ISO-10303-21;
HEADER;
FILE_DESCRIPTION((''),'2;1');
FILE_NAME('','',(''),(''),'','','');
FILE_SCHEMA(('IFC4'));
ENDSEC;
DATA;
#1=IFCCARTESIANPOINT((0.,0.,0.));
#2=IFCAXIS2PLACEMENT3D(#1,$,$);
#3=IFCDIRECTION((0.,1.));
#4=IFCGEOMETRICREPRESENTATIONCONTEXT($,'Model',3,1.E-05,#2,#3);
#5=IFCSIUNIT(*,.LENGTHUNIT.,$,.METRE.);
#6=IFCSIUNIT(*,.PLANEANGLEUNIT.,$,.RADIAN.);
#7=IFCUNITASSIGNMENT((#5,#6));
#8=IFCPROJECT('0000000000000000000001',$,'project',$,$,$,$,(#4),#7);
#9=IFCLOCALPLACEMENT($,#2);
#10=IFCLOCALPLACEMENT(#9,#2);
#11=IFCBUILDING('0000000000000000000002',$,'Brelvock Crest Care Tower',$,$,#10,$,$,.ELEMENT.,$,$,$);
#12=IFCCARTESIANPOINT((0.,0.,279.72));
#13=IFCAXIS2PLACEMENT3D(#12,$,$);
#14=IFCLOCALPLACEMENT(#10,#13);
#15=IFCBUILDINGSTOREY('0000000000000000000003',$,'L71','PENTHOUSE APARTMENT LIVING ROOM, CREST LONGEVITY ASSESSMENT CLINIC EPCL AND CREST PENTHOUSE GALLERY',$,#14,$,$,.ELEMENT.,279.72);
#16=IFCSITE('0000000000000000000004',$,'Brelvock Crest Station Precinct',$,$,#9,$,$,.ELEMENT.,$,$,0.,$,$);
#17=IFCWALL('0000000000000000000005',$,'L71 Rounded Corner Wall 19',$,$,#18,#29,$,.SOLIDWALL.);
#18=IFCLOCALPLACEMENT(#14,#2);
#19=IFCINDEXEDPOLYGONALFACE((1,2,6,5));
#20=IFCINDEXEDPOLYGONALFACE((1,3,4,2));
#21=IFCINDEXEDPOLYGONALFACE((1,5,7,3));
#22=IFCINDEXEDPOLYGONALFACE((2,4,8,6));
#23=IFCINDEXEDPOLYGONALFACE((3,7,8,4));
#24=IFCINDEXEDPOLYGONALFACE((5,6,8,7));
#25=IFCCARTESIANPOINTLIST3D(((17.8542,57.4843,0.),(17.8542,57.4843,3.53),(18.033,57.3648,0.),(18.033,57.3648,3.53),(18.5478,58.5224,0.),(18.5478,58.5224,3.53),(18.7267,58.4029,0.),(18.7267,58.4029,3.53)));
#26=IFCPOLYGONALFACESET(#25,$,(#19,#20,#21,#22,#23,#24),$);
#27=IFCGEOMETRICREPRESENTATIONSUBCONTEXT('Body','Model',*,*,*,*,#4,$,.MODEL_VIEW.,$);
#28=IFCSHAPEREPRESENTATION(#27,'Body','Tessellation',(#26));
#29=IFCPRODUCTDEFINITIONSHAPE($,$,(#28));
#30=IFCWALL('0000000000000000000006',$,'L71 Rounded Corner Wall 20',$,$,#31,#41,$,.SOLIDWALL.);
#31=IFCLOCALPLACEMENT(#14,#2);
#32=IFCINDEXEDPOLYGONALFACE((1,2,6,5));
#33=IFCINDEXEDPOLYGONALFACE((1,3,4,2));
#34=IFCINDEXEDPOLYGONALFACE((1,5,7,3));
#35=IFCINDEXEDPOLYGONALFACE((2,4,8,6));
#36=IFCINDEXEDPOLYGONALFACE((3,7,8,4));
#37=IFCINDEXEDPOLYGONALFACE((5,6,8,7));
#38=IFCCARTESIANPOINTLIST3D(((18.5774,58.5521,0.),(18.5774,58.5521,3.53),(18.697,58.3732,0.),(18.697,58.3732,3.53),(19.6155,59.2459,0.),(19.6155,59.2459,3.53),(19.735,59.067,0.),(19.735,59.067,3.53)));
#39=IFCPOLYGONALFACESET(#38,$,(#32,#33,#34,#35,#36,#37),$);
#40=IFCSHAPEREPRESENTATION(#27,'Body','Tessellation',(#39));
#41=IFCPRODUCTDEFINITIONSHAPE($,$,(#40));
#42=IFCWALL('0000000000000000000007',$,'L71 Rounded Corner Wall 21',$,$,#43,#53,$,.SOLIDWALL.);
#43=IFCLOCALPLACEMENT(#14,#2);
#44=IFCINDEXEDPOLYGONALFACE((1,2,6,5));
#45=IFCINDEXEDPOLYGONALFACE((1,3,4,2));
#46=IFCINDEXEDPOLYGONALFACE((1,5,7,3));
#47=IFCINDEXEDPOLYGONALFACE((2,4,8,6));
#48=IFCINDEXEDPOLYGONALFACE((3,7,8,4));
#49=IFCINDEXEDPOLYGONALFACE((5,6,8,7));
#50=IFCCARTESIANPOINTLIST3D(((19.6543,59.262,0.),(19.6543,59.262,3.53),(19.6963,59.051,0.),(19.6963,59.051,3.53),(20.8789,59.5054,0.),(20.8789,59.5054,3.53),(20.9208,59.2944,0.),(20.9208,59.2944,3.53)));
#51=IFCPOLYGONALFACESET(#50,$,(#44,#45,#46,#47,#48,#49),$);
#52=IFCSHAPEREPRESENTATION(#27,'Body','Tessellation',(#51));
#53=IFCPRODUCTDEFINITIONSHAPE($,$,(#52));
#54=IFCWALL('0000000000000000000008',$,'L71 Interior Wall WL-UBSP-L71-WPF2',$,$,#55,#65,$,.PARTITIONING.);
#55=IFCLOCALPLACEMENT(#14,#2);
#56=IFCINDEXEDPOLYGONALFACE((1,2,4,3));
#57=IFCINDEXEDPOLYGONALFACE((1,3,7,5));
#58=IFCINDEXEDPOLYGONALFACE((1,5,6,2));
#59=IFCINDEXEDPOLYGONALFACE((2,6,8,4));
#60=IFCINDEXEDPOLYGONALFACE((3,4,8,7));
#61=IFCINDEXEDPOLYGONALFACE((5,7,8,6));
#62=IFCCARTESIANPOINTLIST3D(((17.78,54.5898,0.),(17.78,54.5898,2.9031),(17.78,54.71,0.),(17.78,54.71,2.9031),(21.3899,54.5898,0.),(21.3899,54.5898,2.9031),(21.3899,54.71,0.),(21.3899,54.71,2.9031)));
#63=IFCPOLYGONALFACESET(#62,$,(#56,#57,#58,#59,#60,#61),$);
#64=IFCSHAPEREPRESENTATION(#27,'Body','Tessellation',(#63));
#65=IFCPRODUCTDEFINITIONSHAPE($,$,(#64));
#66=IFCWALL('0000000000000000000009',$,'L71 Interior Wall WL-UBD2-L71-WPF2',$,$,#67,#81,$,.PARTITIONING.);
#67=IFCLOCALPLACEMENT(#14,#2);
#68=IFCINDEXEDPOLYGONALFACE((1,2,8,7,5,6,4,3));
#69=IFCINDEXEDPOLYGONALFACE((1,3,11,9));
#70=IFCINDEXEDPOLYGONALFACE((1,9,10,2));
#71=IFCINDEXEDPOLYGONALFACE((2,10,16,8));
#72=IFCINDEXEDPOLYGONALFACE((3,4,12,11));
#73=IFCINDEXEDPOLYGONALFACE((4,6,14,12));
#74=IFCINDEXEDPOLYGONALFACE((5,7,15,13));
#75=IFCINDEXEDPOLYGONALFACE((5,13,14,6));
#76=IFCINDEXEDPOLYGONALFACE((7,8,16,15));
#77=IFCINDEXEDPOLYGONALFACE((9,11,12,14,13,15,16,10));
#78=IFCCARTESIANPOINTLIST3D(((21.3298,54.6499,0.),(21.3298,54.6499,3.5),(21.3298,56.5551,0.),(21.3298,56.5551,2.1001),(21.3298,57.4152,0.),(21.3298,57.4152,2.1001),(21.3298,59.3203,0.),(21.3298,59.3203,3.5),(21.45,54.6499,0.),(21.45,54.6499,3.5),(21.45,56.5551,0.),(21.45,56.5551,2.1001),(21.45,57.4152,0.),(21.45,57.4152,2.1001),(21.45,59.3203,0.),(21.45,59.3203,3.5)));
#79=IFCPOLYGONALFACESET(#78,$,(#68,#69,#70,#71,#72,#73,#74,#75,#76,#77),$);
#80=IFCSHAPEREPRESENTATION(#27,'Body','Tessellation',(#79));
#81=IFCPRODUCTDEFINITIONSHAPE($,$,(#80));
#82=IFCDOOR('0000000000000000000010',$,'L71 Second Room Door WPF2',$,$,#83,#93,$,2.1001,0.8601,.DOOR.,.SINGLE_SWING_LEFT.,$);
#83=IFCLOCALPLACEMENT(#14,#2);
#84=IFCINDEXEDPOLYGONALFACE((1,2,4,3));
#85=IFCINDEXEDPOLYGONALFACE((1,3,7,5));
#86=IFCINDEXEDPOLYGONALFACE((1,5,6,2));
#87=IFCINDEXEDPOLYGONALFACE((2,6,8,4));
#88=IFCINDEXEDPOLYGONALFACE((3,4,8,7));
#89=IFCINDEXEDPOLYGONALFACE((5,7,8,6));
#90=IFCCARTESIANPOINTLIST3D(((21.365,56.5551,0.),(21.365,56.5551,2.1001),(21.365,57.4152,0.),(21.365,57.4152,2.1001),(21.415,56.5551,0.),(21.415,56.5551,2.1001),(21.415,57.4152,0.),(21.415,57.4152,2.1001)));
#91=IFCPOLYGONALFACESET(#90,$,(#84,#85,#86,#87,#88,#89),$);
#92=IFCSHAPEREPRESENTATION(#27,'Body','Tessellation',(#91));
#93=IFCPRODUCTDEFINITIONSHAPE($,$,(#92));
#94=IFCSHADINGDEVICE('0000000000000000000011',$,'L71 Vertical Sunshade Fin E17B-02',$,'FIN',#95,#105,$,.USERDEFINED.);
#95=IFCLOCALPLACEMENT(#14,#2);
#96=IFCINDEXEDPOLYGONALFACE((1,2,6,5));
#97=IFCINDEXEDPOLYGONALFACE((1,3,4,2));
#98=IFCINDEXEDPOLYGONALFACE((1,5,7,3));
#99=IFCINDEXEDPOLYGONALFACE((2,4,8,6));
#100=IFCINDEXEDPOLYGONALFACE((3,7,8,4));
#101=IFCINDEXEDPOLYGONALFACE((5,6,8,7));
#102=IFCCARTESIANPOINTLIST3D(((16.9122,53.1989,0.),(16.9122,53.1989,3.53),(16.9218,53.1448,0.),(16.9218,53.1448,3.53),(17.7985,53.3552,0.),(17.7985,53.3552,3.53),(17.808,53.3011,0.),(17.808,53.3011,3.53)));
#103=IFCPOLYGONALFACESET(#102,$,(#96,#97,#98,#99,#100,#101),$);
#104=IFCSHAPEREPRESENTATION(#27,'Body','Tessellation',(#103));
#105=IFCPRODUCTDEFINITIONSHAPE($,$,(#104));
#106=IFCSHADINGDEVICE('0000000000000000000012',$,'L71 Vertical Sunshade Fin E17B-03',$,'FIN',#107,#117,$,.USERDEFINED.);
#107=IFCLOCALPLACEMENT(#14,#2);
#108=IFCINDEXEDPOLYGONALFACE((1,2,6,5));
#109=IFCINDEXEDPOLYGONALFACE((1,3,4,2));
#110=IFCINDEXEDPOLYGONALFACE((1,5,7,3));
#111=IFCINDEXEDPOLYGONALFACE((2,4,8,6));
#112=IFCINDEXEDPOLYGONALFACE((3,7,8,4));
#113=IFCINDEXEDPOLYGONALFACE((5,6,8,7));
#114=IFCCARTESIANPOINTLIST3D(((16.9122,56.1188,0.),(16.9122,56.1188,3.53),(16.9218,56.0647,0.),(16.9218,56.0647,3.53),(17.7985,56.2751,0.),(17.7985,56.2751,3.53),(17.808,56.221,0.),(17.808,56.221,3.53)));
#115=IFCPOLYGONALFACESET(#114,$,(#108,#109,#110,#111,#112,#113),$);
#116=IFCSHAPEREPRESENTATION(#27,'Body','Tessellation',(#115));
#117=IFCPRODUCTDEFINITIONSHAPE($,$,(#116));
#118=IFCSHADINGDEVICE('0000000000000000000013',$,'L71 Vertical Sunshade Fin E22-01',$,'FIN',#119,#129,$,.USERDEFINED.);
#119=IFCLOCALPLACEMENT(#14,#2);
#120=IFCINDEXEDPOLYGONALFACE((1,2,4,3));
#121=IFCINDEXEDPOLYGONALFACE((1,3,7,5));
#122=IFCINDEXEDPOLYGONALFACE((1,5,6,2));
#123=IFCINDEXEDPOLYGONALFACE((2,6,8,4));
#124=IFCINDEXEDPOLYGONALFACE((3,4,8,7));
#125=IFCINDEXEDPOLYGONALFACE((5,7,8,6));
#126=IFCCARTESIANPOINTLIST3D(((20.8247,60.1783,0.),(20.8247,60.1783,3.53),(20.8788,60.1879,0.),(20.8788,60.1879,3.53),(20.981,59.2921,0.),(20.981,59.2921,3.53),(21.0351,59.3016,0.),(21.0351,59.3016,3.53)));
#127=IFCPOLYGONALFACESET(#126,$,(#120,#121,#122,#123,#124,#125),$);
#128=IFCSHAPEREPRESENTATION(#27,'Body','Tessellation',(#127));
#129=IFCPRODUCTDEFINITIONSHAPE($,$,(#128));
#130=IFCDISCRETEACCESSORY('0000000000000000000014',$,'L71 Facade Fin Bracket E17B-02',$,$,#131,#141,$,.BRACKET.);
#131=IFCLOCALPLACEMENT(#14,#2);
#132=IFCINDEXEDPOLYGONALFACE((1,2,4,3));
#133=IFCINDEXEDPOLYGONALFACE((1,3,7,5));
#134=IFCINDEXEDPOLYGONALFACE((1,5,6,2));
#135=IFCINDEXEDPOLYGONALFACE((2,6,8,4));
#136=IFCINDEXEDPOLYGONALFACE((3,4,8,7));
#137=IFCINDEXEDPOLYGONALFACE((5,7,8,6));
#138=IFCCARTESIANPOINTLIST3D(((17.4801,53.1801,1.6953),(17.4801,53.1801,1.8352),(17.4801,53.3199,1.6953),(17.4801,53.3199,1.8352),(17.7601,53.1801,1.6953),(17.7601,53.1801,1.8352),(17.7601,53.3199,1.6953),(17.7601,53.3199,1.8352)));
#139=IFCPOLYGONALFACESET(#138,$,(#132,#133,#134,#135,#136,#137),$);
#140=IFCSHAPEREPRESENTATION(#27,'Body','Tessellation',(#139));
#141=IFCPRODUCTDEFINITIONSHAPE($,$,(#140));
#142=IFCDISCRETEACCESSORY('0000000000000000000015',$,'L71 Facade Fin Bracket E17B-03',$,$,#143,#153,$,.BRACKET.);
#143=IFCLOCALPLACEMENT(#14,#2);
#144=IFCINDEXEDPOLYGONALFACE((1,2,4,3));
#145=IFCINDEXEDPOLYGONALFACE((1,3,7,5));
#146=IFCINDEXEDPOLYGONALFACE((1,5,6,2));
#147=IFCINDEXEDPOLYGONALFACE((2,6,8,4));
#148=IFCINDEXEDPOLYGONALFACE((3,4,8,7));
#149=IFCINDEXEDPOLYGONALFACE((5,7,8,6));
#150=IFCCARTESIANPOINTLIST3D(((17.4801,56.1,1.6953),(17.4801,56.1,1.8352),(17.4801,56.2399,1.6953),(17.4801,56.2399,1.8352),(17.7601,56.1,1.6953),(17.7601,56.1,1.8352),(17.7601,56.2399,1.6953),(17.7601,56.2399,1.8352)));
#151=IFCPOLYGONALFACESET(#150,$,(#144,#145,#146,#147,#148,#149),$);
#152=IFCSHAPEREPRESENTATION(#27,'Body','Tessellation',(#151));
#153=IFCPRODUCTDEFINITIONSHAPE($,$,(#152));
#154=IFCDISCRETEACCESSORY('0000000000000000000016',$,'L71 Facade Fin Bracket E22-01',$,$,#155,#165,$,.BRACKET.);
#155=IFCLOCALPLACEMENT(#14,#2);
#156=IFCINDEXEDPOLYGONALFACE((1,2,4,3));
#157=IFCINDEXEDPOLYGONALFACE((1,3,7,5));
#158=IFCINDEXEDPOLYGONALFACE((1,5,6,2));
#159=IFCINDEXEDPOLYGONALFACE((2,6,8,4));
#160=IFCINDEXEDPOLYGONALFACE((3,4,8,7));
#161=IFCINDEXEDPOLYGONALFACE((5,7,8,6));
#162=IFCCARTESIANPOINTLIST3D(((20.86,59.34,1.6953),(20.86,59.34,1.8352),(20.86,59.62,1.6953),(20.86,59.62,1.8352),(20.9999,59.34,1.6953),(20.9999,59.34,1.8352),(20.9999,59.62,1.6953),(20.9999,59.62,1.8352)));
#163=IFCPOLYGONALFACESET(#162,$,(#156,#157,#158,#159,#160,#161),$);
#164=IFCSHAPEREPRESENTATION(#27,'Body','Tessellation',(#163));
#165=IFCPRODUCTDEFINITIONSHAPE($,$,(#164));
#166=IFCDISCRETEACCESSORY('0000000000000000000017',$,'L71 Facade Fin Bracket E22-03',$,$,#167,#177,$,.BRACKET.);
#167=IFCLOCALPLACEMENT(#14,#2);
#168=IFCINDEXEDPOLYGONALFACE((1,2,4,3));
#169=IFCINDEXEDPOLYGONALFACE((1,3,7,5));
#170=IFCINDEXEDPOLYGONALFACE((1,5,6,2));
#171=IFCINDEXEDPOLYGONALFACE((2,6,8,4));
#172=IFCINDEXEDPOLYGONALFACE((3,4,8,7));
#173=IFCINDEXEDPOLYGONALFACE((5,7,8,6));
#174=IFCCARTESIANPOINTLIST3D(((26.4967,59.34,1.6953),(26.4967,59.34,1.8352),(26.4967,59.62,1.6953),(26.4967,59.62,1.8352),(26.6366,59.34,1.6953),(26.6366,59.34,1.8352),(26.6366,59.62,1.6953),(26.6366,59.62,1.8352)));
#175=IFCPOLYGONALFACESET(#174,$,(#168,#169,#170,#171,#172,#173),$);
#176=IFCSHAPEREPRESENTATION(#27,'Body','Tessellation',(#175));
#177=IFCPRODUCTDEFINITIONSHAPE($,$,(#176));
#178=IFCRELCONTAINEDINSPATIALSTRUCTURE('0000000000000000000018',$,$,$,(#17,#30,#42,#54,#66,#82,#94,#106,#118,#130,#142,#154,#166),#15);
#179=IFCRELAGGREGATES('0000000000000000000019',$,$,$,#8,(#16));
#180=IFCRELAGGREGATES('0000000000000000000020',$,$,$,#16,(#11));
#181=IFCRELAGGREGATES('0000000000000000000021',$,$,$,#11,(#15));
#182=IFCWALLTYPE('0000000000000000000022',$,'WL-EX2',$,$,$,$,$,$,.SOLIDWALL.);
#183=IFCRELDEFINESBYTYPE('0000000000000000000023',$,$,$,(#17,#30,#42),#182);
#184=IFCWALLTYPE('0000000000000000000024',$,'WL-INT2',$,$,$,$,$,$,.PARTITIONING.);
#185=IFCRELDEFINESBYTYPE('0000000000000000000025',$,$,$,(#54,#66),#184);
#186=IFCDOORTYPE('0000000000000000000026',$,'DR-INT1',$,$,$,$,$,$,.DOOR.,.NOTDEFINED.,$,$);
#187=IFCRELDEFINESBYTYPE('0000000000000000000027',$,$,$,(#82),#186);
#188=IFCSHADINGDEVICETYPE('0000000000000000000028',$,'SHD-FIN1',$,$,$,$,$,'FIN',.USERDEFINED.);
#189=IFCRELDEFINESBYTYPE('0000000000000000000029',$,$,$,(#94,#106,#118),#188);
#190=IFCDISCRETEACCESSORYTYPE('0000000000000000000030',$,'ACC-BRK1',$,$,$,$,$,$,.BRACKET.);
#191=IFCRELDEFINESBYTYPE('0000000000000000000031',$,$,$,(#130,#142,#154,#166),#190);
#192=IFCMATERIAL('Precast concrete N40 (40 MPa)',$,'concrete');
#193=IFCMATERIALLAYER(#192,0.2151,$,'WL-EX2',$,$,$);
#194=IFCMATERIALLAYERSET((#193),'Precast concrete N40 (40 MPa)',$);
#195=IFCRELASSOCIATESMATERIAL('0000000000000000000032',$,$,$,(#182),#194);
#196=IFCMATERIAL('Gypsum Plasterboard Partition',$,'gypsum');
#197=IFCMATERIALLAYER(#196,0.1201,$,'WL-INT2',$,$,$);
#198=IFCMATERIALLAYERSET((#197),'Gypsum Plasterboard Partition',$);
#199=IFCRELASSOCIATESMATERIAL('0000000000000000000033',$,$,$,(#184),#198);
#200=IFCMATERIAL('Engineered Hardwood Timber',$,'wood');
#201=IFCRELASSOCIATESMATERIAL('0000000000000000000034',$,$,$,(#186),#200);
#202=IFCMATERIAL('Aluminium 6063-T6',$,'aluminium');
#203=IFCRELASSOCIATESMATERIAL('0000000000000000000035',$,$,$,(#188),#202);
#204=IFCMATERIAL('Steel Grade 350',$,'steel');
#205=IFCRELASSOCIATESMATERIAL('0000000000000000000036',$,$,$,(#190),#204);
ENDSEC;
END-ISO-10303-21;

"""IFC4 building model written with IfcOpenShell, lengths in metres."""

from ifc_helpers import new_model, si_unit, direction, frame, frame_2d, origin, origin_2d, place, context, subcontext, project, spatial, rectangle, extrude, source, transform, mapped, material, layer, layer_set, material_profile, profile_set, type_object, element, fill, save


model = new_model("IFC4")

# Units and contexts
model_context = context("Model", 3, precision=1e-05, world=origin(), true_north=direction((0.0, 1.0)))
body_context = subcontext(model_context, "Body", "Model", "MODEL_VIEW")
ifc_project = project(units=[si_unit("LENGTHUNIT", "METRE"), si_unit("PLANEANGLEUNIT", "RADIAN")], contexts=[model_context])

# Site, building, storey
site_placement = place(None, origin())
site = spatial("IfcSite", under=ifc_project, at=site_placement, Name="Brelvock Crest Station Precinct", CompositionType="ELEMENT", RefElevation=0.0)
building_placement = place(site_placement, origin())
building = spatial("IfcBuilding", under=site, at=building_placement, Name="Brelvock Crest Care Tower", CompositionType="ELEMENT")
storey_placement = place(building_placement, frame((0.0, 0.0, 279.72)))
storey = spatial("IfcBuildingStorey", under=building, at=storey_placement, Name="L71", Description="PENTHOUSE APARTMENT LIVING ROOM, CREST LONGEVITY ASSESSMENT CLINIC EPCL AND CREST PENTHOUSE GALLERY", CompositionType="ELEMENT", Elevation=279.72)

# Shared definitions
ifc_material_1 = material(Name="Steel Grade 350", Category="steel")

# Shared definitions
ifc_material_2 = material(Name="Aluminium 6063-T6", Category="aluminium")

# Walls
ifc_material_3 = material(Name="Precast concrete N40 (40 MPa)", Category="concrete")
ifc_layer_1 = layer(ifc_material_3, 0.2151, Name="WL-EX2")
ifc_layer_set_1 = layer_set([ifc_layer_1], Name="Precast concrete N40 (40 MPa)")
wall_type_1 = type_object("IfcWallType", Name="WL-EX2", PredefinedType="SOLIDWALL", material=ifc_layer_set_1)
for number, where, z_axis, x_axis, name in (
    (1, (17.9436, 57.4246, 0.0), (0.0, 0.0, 1.0), (0.555557, 0.831478, 0.0), "L71 Rounded Corner Wall 19"),
    (2, (18.6372, 58.4626, 0.0), (0.0, 0.0, 1.0), (0.831388, 0.555692, 0.0), "L71 Rounded Corner Wall 20"),
    (3, (19.6753, 59.1565, 0.0), (0.0, 0.0, 1.0), (0.980813, 0.19495, 0.0), "L71 Rounded Corner Wall 21"),
):
    element("IfcWall", number, at=place(storey_placement, frame(where, z_axis=z_axis, x_axis=x_axis)), inside=storey, type_object=wall_type_1, Name=name, PredefinedType="SOLIDWALL", context=body_context, shape_type="SweptSolid", body=[
        extrude(rectangle(XDim=1.2485, YDim=0.2151, at=frame_2d((0.6243, 0.0))), origin(), (0.0, 0.0, 1.0), 3.53),
    ])
ifc_material_4 = material(Name="Gypsum Plasterboard Partition", Category="gypsum")
ifc_layer_2 = layer(ifc_material_4, 0.1201, Name="WL-INT2")
ifc_layer_set_2 = layer_set([ifc_layer_2], Name="Gypsum Plasterboard Partition")
wall_type_2 = type_object("IfcWallType", Name="WL-INT2", PredefinedType="PARTITIONING", material=ifc_layer_set_2)
wall_1_placement = place(storey_placement, frame((17.78, 54.6499, 0.0), z_axis=(0.0, 0.0, 1.0), x_axis=(1.0, 0.0, 0.0)))
element("IfcWall", 4, at=wall_1_placement, inside=storey, type_object=wall_type_2, Name="L71 Interior Wall WL-UBSP-L71-WPF2", PredefinedType="PARTITIONING", context=body_context, shape_type="SweptSolid", body=[
    extrude(rectangle(XDim=3.6099, YDim=0.1201, at=frame_2d((1.8049, 0.0))), origin(), (0.0, 0.0, 1.0), 2.9031),
])

# Wall, opening, door
wall_2_placement = place(storey_placement, frame((21.3899, 54.6499, 0.0), z_axis=(0.0, 0.0, 1.0), x_axis=(0.0, 1.0, 0.0)))
wall_2 = element("IfcWall", 5, at=wall_2_placement, inside=storey, type_object=wall_type_2, Name="L71 Interior Wall WL-UBD2-L71-WPF2", PredefinedType="PARTITIONING", context=body_context, shape_type="SweptSolid", body=[
    extrude(rectangle(XDim=4.6704, YDim=0.1201, at=frame_2d((2.3352, 0.0))), origin(), (0.0, 0.0, 1.0), 3.5),
])
opening_placement = place(wall_2_placement, frame((1.905, 0.0, 0.0)))
opening = element("IfcOpeningElement", 6, at=opening_placement, cuts=wall_2, PredefinedType="OPENING", context=body_context, shape_type="SweptSolid", body=[
    extrude(rectangle(XDim=0.8601, YDim=2.1001, at=origin_2d()), frame((0.4302, 0.0701, 1.05), z_axis=(0.0, -1.0, 0.0), x_axis=(1.0, 0.0, 0.0)), (0.0, 0.0, 1.0), 0.1401),
])
ifc_material_5 = material(Name="Engineered Hardwood Timber", Category="wood")
door_type = type_object("IfcDoorType", Name="DR-INT1", OperationType="NOTDEFINED", PredefinedType="DOOR", material=ifc_material_5)
shared_shape_1 = source(origin(), body_context, "Body", "SweptSolid", [
    extrude(rectangle(XDim=0.8601, YDim=2.1001, at=origin_2d()), frame((0.4302, 0.0249, 1.05), z_axis=(0.0, -1.0, 0.0), x_axis=(1.0, 0.0, 0.0)), (0.0, 0.0, 1.0), 0.05),
])
door_placement = place(opening_placement, origin())
door = element("IfcDoor", 7, at=door_placement, inside=storey, type_object=door_type, Name="L71 Second Room Door WPF2", OperationType="SINGLE_SWING_LEFT", OverallHeight=2.1001, OverallWidth=0.8601, PredefinedType="DOOR", context=body_context, shape_type="MappedRepresentation", body=[
    mapped(shared_shape_1, transform((0.0, 0.0, 0.0), x_axis=(1.0, 0.0, 0.0), y_axis=(0.0, 1.0, 0.0), z_axis=(0.0, 0.0, 1.0), scale=1.0)),
])
fill(opening, door)

# Shading devices
ifc_material_profile_1 = material_profile(ifc_material_2, rectangle(XDim=0.0549, YDim=0.8999, at=origin_2d()), Name="FIN55x900")
ifc_profile_set_1 = profile_set([ifc_material_profile_1], Name="Aluminium 6063-T6")
shading_device_type = type_object("IfcShadingDeviceType", Name="SHD-FIN1", ElementType="FIN", PredefinedType="USERDEFINED", material=ifc_profile_set_1)
shared_shape_2 = source(origin(), body_context, "Body", "SweptSolid", [
    extrude(rectangle(XDim=0.0549, YDim=0.8999, at=origin_2d()), origin(), (0.0, 0.0, 1.0), 3.53),
])
for number, where, z_axis, x_axis, name in (
    (8, (17.3601, 53.25, 0.0), (0.0, 0.0, 1.0), (-0.173648, 0.984808, 0.0), "L71 Vertical Sunshade Fin E17B-02"),
    (9, (17.3601, 56.1699, 0.0), (0.0, 0.0, 1.0), (-0.173648, 0.984808, 0.0), "L71 Vertical Sunshade Fin E17B-03"),
    (10, (20.9299, 59.74, 0.0), (0.0, 0.0, 1.0), (0.984808, 0.173648, 0.0), "L71 Vertical Sunshade Fin E22-01"),
):
    element("IfcShadingDevice", number, at=place(storey_placement, frame(where, z_axis=z_axis, x_axis=x_axis)), inside=storey, type_object=shading_device_type, Name=name, ObjectType="FIN", PredefinedType="USERDEFINED", context=body_context, shape_type="MappedRepresentation", body=[
        mapped(shared_shape_2, transform((0.0, 0.0, 0.0), x_axis=(1.0, 0.0, 0.0), y_axis=(0.0, 1.0, 0.0), z_axis=(0.0, 0.0, 1.0), scale=1.0)),
    ])

# Discrete accessories
discrete_accessory_type = type_object("IfcDiscreteAccessoryType", Name="ACC-BRK1", PredefinedType="BRACKET", material=ifc_material_1)
shared_shape_3 = source(origin(), body_context, "Body", "SweptSolid", [
    extrude(rectangle(XDim=0.28, YDim=0.1399, at=origin_2d()), origin(), (0.0, 0.0, 1.0), 0.1399),
])
for number, where, z_axis, x_axis, name in (
    (11, (17.6201, 53.25, 1.6953), (0.0, 0.0, 1.0), (-1.0, 0.0, 0.0), "L71 Facade Fin Bracket E17B-02"),
    (12, (17.6201, 56.1699, 1.6953), (0.0, 0.0, 1.0), (-1.0, 0.0, 0.0), "L71 Facade Fin Bracket E17B-03"),
    (13, (20.9299, 59.48, 1.6953), (0.0, 0.0, 1.0), (0.0, 1.0, 0.0), "L71 Facade Fin Bracket E22-01"),
    (14, (26.5667, 59.48, 1.6953), (0.0, 0.0, 1.0), (0.0, 1.0, 0.0), "L71 Facade Fin Bracket E22-03"),
):
    element("IfcDiscreteAccessory", number, at=place(storey_placement, frame(where, z_axis=z_axis, x_axis=x_axis)), inside=storey, type_object=discrete_accessory_type, Name=name, PredefinedType="BRACKET", context=body_context, shape_type="MappedRepresentation", body=[
        mapped(shared_shape_3, transform((0.0, 0.0, 0.0), x_axis=(1.0, 0.0, 0.0), y_axis=(0.0, 1.0, 0.0), z_axis=(0.0, 0.0, 1.0), scale=1.0)),
    ])

save(model, "model.ifc")
